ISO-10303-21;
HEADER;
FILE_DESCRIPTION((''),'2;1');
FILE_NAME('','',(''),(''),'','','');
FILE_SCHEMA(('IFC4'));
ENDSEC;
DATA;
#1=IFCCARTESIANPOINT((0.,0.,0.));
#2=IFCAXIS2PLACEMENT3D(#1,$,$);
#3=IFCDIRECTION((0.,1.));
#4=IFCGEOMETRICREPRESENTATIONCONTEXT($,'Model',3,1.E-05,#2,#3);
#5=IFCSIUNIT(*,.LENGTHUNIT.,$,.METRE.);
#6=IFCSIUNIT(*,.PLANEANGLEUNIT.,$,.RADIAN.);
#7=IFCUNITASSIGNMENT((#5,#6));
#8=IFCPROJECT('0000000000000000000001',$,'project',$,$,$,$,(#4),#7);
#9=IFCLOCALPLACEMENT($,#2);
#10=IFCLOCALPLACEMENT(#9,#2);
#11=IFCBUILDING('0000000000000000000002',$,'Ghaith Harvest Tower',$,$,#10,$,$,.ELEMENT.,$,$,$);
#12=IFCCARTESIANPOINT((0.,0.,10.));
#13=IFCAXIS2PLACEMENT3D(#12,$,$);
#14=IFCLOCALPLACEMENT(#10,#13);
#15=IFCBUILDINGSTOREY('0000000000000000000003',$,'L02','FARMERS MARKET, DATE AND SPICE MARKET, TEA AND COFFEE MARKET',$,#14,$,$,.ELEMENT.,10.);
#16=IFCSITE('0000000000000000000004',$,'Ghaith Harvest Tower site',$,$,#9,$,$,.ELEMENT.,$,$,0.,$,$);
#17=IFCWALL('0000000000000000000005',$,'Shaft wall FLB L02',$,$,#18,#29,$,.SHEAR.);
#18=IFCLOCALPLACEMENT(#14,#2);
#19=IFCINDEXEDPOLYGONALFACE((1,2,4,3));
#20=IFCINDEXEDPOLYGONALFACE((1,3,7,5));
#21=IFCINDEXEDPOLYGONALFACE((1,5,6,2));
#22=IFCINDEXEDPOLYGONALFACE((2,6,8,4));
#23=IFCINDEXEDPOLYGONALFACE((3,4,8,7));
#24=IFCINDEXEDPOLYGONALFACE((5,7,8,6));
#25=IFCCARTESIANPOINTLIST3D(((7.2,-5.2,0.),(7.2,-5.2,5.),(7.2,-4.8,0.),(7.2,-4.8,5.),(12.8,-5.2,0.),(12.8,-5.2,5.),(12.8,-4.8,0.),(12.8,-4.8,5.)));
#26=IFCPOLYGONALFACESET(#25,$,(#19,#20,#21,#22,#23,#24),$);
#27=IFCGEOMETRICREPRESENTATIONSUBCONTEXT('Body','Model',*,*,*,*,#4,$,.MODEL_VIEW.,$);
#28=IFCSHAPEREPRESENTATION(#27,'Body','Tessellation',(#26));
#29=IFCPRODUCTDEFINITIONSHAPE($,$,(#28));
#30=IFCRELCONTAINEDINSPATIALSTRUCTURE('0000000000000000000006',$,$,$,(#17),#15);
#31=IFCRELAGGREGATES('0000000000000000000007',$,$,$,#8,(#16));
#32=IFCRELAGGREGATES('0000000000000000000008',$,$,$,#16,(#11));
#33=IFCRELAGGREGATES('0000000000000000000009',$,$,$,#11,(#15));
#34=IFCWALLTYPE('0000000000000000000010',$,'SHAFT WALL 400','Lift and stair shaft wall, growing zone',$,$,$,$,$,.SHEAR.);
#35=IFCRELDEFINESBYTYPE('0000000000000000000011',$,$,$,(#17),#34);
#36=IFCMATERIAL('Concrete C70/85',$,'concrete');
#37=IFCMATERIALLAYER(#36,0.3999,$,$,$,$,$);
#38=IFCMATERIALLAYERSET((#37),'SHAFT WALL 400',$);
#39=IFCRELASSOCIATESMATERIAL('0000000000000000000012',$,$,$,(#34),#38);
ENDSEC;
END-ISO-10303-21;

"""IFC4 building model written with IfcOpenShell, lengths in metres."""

from ifc_helpers import new_model, si_unit, direction, frame, frame_2d, origin, place, context, subcontext, project, spatial, rectangle, extrude, material, layer, layer_set, type_object, element, save


model = new_model("IFC4")

# Units and contexts
model_context = context("Model", 3, precision=1e-05, world=origin(), true_north=direction((0.0, 1.0)))
body_context = subcontext(model_context, "Body", "Model", "MODEL_VIEW")
ifc_project = project(units=[si_unit("LENGTHUNIT", "METRE"), si_unit("PLANEANGLEUNIT", "RADIAN")], contexts=[model_context])

# Site, building, storey
site_placement = place(None, origin())
site = spatial("IfcSite", under=ifc_project, at=site_placement, Name="Ghaith Harvest Tower site", CompositionType="ELEMENT", RefElevation=0.0)
building_placement = place(site_placement, origin())
building = spatial("IfcBuilding", under=site, at=building_placement, Name="Ghaith Harvest Tower", CompositionType="ELEMENT")
storey_placement = place(building_placement, frame((0.0, 0.0, 10.0)))
storey = spatial("IfcBuildingStorey", under=building, at=storey_placement, Name="L02", Description="FARMERS MARKET, DATE AND SPICE MARKET, TEA AND COFFEE MARKET", CompositionType="ELEMENT", Elevation=10.0)

# Shared definitions
ifc_material_1 = material(Name="Concrete C70/85", Category="concrete")
ifc_layer_1 = layer(ifc_material_1, 0.3999)
ifc_layer_set_1 = layer_set([ifc_layer_1], Name="SHAFT WALL 400")
wall_type_1 = type_object("IfcWallType", Name="SHAFT WALL 400", Description="Lift and stair shaft wall, growing zone", PredefinedType="SHEAR", material=ifc_layer_set_1)

# Wall
wall_1_placement = place(storey_placement, frame((7.2, -5.0, 0.0), z_axis=(0.0, 0.0, 1.0), x_axis=(1.0, 0.0, 0.0)))
element("IfcWall", 1, at=wall_1_placement, inside=storey, type_object=wall_type_1, Name="Shaft wall FLB L02", PredefinedType="SHEAR", context=body_context, shape_type="SweptSolid", body=[
    extrude(rectangle(XDim=5.6001, YDim=0.3999, at=frame_2d((2.8, 0.0))), origin(), (0.0, 0.0, 1.0), 5.0),
])

save(model, "model.ifc")
